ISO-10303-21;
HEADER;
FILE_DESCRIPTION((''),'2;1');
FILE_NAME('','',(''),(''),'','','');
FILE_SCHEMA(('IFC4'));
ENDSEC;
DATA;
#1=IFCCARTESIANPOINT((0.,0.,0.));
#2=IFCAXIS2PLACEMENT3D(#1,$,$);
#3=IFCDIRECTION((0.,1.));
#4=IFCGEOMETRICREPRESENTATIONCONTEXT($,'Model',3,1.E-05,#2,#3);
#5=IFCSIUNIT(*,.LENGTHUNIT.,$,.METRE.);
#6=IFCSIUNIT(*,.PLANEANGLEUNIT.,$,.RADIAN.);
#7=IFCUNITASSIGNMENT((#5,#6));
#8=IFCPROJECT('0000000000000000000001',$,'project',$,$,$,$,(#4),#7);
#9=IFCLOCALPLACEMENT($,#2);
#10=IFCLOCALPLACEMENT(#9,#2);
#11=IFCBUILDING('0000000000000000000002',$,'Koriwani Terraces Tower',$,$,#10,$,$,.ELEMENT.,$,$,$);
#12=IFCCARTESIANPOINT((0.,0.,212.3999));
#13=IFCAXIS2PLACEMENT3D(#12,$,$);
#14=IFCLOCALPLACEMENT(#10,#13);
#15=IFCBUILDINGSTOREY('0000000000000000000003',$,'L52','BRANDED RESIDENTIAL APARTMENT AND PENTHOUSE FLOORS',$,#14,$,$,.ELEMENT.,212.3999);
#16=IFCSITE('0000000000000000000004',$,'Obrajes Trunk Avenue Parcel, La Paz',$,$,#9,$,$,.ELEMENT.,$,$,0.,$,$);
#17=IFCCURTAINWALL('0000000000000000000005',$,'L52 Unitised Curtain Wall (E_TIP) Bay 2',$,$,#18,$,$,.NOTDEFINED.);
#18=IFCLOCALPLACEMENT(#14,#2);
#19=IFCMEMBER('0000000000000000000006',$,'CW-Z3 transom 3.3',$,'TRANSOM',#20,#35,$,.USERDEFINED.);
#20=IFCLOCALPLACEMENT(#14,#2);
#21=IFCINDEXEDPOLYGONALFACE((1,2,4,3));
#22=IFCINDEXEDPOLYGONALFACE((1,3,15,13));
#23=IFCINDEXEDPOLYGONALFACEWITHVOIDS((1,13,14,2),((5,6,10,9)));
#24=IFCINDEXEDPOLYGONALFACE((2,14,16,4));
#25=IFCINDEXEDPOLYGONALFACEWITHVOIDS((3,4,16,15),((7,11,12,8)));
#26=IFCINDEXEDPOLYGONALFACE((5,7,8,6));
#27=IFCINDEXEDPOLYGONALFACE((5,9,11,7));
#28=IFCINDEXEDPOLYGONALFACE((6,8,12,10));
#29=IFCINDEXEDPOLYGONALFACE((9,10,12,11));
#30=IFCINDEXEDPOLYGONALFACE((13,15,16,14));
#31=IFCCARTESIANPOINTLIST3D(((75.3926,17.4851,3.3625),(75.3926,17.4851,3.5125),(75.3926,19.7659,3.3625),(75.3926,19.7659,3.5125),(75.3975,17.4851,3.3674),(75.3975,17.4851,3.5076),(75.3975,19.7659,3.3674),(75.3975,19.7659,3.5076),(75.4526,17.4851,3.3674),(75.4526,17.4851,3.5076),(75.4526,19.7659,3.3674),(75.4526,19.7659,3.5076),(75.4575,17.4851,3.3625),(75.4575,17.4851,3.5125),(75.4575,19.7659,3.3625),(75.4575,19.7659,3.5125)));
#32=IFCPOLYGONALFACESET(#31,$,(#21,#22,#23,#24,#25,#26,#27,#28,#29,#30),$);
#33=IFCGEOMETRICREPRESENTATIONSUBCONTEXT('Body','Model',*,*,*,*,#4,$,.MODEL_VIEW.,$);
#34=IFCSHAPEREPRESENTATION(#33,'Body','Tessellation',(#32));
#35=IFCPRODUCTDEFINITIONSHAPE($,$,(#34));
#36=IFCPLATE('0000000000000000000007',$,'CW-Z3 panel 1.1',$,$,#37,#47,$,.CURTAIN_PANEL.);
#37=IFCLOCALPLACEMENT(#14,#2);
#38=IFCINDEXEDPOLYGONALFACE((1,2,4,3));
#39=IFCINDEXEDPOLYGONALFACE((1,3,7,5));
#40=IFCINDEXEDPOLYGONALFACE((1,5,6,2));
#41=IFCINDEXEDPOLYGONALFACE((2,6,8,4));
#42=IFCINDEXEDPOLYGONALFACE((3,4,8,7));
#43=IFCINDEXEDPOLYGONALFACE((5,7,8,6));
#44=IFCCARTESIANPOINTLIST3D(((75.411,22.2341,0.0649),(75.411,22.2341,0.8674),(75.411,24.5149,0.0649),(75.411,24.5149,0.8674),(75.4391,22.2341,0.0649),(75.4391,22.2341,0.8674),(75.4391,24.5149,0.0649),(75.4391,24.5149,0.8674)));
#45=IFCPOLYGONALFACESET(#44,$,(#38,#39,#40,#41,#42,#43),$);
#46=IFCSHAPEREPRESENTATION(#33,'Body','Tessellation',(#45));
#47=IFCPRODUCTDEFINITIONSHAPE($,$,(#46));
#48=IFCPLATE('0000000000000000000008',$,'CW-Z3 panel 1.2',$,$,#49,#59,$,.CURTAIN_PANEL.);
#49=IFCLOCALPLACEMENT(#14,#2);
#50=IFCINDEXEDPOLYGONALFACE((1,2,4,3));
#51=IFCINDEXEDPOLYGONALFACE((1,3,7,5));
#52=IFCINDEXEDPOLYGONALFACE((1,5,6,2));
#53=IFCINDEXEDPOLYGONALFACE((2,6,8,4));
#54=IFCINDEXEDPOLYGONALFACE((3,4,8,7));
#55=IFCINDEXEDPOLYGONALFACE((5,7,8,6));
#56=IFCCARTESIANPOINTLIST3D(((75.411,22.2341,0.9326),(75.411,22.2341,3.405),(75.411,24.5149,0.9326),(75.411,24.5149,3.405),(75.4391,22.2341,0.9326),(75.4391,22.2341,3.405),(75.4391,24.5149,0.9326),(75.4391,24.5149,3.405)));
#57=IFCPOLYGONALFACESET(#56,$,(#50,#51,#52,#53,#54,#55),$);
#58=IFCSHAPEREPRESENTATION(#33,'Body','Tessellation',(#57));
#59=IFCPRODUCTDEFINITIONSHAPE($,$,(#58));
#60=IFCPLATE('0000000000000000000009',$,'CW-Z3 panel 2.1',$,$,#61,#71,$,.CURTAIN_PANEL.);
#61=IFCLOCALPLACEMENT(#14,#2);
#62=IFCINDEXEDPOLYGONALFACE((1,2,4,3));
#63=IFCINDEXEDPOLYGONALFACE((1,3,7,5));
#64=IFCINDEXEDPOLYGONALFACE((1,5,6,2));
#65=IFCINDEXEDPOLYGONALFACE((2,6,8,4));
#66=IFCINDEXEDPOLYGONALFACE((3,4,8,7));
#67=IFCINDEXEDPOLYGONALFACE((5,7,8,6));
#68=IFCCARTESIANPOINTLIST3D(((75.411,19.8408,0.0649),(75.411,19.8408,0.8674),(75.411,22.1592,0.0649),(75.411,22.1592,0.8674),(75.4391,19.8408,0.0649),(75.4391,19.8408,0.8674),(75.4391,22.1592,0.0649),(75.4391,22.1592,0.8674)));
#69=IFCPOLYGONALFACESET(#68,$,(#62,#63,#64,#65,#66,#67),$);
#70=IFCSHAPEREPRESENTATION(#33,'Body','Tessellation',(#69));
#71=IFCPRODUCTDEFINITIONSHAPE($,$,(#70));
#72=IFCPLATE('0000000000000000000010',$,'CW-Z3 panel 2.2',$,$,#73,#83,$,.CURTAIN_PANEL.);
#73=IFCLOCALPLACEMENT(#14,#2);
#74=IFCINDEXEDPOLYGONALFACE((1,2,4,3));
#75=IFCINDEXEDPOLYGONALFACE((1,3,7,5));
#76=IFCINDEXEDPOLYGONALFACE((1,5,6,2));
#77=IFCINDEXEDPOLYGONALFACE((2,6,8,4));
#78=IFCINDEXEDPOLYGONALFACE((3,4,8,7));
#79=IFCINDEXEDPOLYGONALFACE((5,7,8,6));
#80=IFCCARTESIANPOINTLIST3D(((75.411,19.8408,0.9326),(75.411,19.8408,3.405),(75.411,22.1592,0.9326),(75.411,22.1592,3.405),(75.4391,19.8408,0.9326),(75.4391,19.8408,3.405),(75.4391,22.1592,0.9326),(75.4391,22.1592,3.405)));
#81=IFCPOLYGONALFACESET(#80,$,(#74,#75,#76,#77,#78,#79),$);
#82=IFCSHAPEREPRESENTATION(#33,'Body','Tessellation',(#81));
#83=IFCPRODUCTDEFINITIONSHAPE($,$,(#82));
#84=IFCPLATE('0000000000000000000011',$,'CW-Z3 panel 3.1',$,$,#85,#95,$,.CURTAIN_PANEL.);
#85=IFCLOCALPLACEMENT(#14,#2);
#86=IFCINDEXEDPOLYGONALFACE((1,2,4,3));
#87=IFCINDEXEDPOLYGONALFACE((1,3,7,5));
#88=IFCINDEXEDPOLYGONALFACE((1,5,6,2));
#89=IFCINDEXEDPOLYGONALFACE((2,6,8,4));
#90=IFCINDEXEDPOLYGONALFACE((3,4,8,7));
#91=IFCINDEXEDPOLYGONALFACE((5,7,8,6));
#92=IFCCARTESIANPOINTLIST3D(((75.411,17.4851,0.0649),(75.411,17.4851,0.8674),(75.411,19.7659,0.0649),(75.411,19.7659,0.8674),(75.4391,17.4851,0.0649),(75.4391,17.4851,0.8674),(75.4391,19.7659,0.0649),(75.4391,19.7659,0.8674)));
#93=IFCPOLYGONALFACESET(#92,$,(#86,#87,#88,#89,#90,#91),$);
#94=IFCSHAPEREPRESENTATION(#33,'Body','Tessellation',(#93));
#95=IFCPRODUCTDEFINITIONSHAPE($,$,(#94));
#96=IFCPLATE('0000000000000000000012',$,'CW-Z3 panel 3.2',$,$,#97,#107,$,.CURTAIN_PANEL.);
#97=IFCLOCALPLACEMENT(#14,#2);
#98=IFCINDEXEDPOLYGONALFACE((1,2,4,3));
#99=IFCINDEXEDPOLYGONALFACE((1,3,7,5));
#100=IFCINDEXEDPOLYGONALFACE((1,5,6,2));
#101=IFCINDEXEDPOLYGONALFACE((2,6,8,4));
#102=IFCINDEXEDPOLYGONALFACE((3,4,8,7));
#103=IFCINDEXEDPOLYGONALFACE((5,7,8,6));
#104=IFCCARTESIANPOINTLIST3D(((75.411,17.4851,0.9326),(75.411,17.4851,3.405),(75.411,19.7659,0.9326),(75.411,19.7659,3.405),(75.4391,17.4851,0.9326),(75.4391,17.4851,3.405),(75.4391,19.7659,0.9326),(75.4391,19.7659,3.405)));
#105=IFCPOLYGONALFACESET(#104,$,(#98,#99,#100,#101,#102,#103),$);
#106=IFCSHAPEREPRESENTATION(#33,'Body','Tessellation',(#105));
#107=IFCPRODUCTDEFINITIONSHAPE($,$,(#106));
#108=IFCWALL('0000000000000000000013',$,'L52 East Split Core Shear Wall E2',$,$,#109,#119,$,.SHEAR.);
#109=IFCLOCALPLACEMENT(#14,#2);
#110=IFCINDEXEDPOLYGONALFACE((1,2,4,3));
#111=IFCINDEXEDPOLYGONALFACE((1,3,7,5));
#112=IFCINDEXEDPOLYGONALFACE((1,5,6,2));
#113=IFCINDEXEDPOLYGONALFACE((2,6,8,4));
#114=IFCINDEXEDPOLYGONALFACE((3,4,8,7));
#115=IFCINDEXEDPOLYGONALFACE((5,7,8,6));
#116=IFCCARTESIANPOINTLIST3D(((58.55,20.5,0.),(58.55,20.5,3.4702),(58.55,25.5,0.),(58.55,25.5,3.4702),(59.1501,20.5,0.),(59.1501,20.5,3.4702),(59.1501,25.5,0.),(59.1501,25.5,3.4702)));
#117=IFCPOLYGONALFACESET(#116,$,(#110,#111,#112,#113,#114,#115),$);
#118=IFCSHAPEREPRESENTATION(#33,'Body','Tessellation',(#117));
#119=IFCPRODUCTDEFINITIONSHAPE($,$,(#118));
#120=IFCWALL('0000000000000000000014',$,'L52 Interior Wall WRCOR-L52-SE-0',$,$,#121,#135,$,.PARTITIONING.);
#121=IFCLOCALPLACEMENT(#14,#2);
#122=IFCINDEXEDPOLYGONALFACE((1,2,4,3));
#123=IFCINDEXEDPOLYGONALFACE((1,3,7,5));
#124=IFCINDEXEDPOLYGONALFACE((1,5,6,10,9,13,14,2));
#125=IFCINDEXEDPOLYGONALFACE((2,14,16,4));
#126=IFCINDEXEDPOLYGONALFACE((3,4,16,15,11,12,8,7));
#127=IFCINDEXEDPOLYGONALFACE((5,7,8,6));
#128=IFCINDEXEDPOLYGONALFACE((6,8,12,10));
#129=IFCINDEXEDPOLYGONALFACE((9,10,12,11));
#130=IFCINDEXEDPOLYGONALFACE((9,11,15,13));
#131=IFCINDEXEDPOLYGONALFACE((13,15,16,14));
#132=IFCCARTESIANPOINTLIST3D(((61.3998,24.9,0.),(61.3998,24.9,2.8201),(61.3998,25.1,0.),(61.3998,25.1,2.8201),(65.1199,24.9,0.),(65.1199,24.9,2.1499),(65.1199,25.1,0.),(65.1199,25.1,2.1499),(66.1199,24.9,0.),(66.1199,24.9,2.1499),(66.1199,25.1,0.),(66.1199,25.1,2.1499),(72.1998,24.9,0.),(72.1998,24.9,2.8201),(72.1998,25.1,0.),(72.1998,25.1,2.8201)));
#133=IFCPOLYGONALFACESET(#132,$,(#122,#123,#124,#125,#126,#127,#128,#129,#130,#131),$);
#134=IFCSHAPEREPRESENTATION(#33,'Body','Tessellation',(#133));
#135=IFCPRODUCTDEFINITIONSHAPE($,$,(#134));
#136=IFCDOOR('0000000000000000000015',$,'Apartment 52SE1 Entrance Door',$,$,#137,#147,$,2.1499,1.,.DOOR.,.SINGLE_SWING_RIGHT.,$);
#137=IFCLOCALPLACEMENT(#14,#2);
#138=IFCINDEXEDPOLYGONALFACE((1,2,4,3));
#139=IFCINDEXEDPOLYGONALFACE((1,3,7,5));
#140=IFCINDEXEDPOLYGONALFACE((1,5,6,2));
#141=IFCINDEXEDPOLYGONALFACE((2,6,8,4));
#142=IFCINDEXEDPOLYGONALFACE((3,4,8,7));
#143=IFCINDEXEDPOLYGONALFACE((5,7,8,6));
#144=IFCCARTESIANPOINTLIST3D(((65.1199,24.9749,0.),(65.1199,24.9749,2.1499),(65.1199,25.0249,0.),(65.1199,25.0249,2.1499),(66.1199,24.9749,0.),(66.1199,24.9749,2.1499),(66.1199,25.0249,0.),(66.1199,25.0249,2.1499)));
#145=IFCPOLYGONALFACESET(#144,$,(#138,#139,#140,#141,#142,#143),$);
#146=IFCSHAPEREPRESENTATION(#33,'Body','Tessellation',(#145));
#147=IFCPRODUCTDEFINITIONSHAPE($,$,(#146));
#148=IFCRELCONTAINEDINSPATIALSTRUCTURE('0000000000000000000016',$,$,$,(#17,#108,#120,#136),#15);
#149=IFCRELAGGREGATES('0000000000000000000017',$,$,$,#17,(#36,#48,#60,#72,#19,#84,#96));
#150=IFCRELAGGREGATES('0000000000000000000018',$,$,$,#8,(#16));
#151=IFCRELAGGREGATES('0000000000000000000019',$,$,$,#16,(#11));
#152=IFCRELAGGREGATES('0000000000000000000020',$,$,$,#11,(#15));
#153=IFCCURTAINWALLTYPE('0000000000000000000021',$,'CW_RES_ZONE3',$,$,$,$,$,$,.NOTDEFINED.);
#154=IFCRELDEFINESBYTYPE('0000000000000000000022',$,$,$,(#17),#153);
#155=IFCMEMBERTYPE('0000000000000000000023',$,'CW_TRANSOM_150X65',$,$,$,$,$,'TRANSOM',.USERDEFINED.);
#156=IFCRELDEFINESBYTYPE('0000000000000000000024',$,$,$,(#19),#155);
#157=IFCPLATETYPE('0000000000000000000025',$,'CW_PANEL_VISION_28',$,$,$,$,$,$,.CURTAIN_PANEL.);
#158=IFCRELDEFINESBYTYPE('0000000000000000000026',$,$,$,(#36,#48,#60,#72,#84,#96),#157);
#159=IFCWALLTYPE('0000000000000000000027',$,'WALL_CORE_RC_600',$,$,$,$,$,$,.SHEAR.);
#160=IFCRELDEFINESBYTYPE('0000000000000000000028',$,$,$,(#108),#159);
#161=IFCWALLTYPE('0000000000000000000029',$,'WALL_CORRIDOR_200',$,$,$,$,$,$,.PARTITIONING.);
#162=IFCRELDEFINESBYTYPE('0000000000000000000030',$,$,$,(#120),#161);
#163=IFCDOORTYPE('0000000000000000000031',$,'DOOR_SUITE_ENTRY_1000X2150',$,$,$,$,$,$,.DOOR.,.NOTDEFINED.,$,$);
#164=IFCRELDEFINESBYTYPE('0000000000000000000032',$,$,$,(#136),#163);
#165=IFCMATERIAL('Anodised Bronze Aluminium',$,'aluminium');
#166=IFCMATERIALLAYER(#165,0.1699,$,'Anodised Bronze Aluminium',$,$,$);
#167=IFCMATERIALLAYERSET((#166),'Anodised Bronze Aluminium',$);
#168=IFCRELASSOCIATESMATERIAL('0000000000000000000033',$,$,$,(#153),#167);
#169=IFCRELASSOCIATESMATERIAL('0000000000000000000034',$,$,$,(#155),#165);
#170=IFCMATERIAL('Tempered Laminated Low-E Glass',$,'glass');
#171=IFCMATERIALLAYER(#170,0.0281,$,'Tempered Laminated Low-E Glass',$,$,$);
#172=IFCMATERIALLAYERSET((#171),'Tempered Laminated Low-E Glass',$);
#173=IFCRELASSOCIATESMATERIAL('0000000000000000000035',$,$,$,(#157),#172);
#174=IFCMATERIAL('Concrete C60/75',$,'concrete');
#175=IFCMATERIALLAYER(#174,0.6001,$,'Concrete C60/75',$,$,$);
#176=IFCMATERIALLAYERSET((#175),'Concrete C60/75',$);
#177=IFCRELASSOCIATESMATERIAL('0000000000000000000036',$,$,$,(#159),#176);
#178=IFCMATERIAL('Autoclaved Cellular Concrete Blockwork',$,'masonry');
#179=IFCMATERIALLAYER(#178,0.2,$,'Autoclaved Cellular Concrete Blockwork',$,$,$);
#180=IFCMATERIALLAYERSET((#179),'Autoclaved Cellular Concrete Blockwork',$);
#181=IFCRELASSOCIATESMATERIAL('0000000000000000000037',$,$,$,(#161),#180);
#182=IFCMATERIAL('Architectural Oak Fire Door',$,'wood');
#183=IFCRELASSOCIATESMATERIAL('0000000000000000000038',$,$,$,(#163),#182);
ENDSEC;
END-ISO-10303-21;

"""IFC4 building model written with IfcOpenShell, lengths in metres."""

from ifc_helpers import new_model, si_unit, direction, frame, frame_2d, origin, origin_2d, place, context, subcontext, project, spatial, rectangle, hollow_rectangle, extrude, material, layer, layer_set, material_profile, profile_set, type_object, element, fill, aggregate, save


model = new_model("IFC4")

# Units and contexts
model_context = context("Model", 3, precision=1e-05, world=origin(), true_north=direction((0.0, 1.0)))
body_context = subcontext(model_context, "Body", "Model", "MODEL_VIEW")
ifc_project = project(units=[si_unit("LENGTHUNIT", "METRE"), si_unit("PLANEANGLEUNIT", "RADIAN")], contexts=[model_context])

# Site, building, storey
site_placement = place(None, origin())
site = spatial("IfcSite", under=ifc_project, at=site_placement, Name="Obrajes Trunk Avenue Parcel, La Paz", CompositionType="ELEMENT", RefElevation=0.0)
building_placement = place(site_placement, origin())
building = spatial("IfcBuilding", under=site, at=building_placement, Name="Koriwani Terraces Tower", CompositionType="ELEMENT")
storey_placement = place(building_placement, frame((0.0, 0.0, 212.3999)))
storey = spatial("IfcBuildingStorey", under=building, at=storey_placement, Name="L52", Description="BRANDED RESIDENTIAL APARTMENT AND PENTHOUSE FLOORS", CompositionType="ELEMENT", Elevation=212.3999)

# Curtain wall, member, plates
ifc_material_1 = material(Name="Anodised Bronze Aluminium", Category="aluminium")
ifc_layer_1 = layer(ifc_material_1, 0.1699, Name="Anodised Bronze Aluminium")
ifc_layer_set_1 = layer_set([ifc_layer_1], Name="Anodised Bronze Aluminium")
curtain_wall_type = type_object("IfcCurtainWallType", Name="CW_RES_ZONE3", PredefinedType="NOTDEFINED", material=ifc_layer_set_1)
curtain_wall_placement = place(storey_placement, origin())
curtain_wall = element("IfcCurtainWall", 1, at=curtain_wall_placement, inside=storey, type_object=curtain_wall_type, Name="L52 Unitised Curtain Wall (E_TIP) Bay 2", PredefinedType="NOTDEFINED")
ifc_material_profile_1 = material_profile(ifc_material_1, hollow_rectangle(XDim=0.0649, YDim=0.1499, WallThickness=0.0049, at=origin_2d()), Name="Anodised Bronze Aluminium", Category="LoadBearing")
ifc_profile_set_1 = profile_set([ifc_material_profile_1], Name="Anodised Bronze Aluminium")
member_type_1 = type_object("IfcMemberType", Name="CW_TRANSOM_150X65", ElementType="TRANSOM", PredefinedType="USERDEFINED", material=ifc_profile_set_1)
member_1_placement = place(storey_placement, frame((75.425, 19.7659, 3.4375), z_axis=(0.0, -1.0, 0.0), x_axis=(1.0, 0.0, 0.0)))
member_1 = element("IfcMember", 2, at=member_1_placement, type_object=member_type_1, Name="CW-Z3 transom 3.3", ObjectType="TRANSOM", PredefinedType="USERDEFINED", context=body_context, shape_type="SweptSolid", body=[
    extrude(hollow_rectangle(XDim=0.0649, YDim=0.1499, WallThickness=0.0049, at=origin_2d()), origin(), (0.0, 0.0, 1.0), 2.2808),
])
ifc_material_2 = material(Name="Tempered Laminated Low-E Glass", Category="glass")
ifc_layer_2 = layer(ifc_material_2, 0.0281, Name="Tempered Laminated Low-E Glass")
ifc_layer_set_2 = layer_set([ifc_layer_2], Name="Tempered Laminated Low-E Glass")
plate_type = type_object("IfcPlateType", Name="CW_PANEL_VISION_28", PredefinedType="CURTAIN_PANEL", material=ifc_layer_set_2)
plate_1_placement = place(storey_placement, frame((75.425, 23.3745, 0.0649), z_axis=(0.0, 0.0, 1.0), x_axis=(0.0, -1.0, 0.0)))
plate_1 = element("IfcPlate", 3, at=plate_1_placement, type_object=plate_type, Name="CW-Z3 panel 1.1", PredefinedType="CURTAIN_PANEL", context=body_context, shape_type="SweptSolid", body=[
    extrude(rectangle(XDim=2.2808, YDim=0.0281, at=origin_2d()), origin(), (0.0, 0.0, 1.0), 0.8025),
])
plate_2_placement = place(storey_placement, frame((75.425, 23.3745, 0.9326), z_axis=(0.0, 0.0, 1.0), x_axis=(0.0, -1.0, 0.0)))
plate_2 = element("IfcPlate", 4, at=plate_2_placement, type_object=plate_type, Name="CW-Z3 panel 1.2", PredefinedType="CURTAIN_PANEL", context=body_context, shape_type="SweptSolid", body=[
    extrude(rectangle(XDim=2.2808, YDim=0.0281, at=origin_2d()), origin(), (0.0, 0.0, 1.0), 2.4724),
])
plate_3_placement = place(storey_placement, frame((75.425, 21.0, 0.0649), z_axis=(0.0, 0.0, 1.0), x_axis=(0.0, -1.0, 0.0)))
plate_3 = element("IfcPlate", 5, at=plate_3_placement, type_object=plate_type, Name="CW-Z3 panel 2.1", PredefinedType="CURTAIN_PANEL", context=body_context, shape_type="SweptSolid", body=[
    extrude(rectangle(XDim=2.3184, YDim=0.0281, at=origin_2d()), origin(), (0.0, 0.0, 1.0), 0.8025),
])
plate_4_placement = place(storey_placement, frame((75.425, 21.0, 0.9326), z_axis=(0.0, 0.0, 1.0), x_axis=(0.0, -1.0, 0.0)))
plate_4 = element("IfcPlate", 6, at=plate_4_placement, type_object=plate_type, Name="CW-Z3 panel 2.2", PredefinedType="CURTAIN_PANEL", context=body_context, shape_type="SweptSolid", body=[
    extrude(rectangle(XDim=2.3184, YDim=0.0281, at=origin_2d()), origin(), (0.0, 0.0, 1.0), 2.4724),
])
plate_5_placement = place(storey_placement, frame((75.425, 18.6255, 0.0649), z_axis=(0.0, 0.0, 1.0), x_axis=(0.0, -1.0, 0.0)))
plate_5 = element("IfcPlate", 7, at=plate_5_placement, type_object=plate_type, Name="CW-Z3 panel 3.1", PredefinedType="CURTAIN_PANEL", context=body_context, shape_type="SweptSolid", body=[
    extrude(rectangle(XDim=2.2808, YDim=0.0281, at=origin_2d()), origin(), (0.0, 0.0, 1.0), 0.8025),
])
plate_6_placement = place(storey_placement, frame((75.425, 18.6255, 0.9326), z_axis=(0.0, 0.0, 1.0), x_axis=(0.0, -1.0, 0.0)))
plate_6 = element("IfcPlate", 8, at=plate_6_placement, type_object=plate_type, Name="CW-Z3 panel 3.2", PredefinedType="CURTAIN_PANEL", context=body_context, shape_type="SweptSolid", body=[
    extrude(rectangle(XDim=2.2808, YDim=0.0281, at=origin_2d()), origin(), (0.0, 0.0, 1.0), 2.4724),
])
aggregate(curtain_wall, [plate_1, plate_2, plate_3, plate_4, member_1, plate_5, plate_6])

# Wall
ifc_material_3 = material(Name="Concrete C60/75", Category="concrete")
ifc_layer_3 = layer(ifc_material_3, 0.6001, Name="Concrete C60/75")
ifc_layer_set_3 = layer_set([ifc_layer_3], Name="Concrete C60/75")
wall_type_1 = type_object("IfcWallType", Name="WALL_CORE_RC_600", PredefinedType="SHEAR", material=ifc_layer_set_3)
wall_1_placement = place(storey_placement, frame((58.8501, 20.5, 0.0), z_axis=(0.0, 0.0, 1.0), x_axis=(0.0, 1.0, 0.0)))
element("IfcWall", 9, at=wall_1_placement, inside=storey, type_object=wall_type_1, Name="L52 East Split Core Shear Wall E2", PredefinedType="SHEAR", context=body_context, shape_type="SweptSolid", body=[
    extrude(rectangle(XDim=5.0, YDim=0.6001, at=frame_2d((2.5, 0.0))), origin(), (0.0, 0.0, 1.0), 3.4702),
])

# Wall, opening, door
ifc_material_4 = material(Name="Autoclaved Cellular Concrete Blockwork", Category="masonry")
ifc_layer_4 = layer(ifc_material_4, 0.2, Name="Autoclaved Cellular Concrete Blockwork")
ifc_layer_set_4 = layer_set([ifc_layer_4], Name="Autoclaved Cellular Concrete Blockwork")
wall_type_2 = type_object("IfcWallType", Name="WALL_CORRIDOR_200", PredefinedType="PARTITIONING", material=ifc_layer_set_4)
wall_2_placement = place(storey_placement, frame((61.3999, 25.0, 0.0), z_axis=(0.0, 0.0, 1.0), x_axis=(1.0, 0.0, 0.0)))
wall_2 = element("IfcWall", 10, at=wall_2_placement, inside=storey, type_object=wall_type_2, Name="L52 Interior Wall WRCOR-L52-SE-0", PredefinedType="PARTITIONING", context=body_context, shape_type="SweptSolid", body=[
    extrude(rectangle(XDim=10.8, YDim=0.2, at=frame_2d((5.3999, 0.0))), origin(), (0.0, 0.0, 1.0), 2.8201),
])
opening_1_placement = place(wall_2_placement, frame((3.72, 0.0, 0.0)))
opening_1 = element("IfcOpeningElement", 11, at=opening_1_placement, cuts=wall_2, PredefinedType="OPENING", context=body_context, shape_type="SweptSolid", body=[
    extrude(rectangle(XDim=1.0, YDim=2.1499, at=frame_2d((0.5, 1.075))), frame((0.0, 0.1099, 0.0), z_axis=(0.0, -1.0, 0.0), x_axis=(1.0, 0.0, 0.0)), (0.0, 0.0, 1.0), 0.22),
])
ifc_material_5 = material(Name="Architectural Oak Fire Door", Category="wood")
door_type_1 = type_object("IfcDoorType", Name="DOOR_SUITE_ENTRY_1000X2150", OperationType="NOTDEFINED", PredefinedType="DOOR", material=ifc_material_5)
door_1_placement = place(opening_1_placement, origin())
door_1 = element("IfcDoor", 12, at=door_1_placement, inside=storey, type_object=door_type_1, Name="Apartment 52SE1 Entrance Door", OperationType="SINGLE_SWING_RIGHT", OverallHeight=2.1499, OverallWidth=1.0, PredefinedType="DOOR", context=body_context, shape_type="SweptSolid", body=[
    extrude(rectangle(XDim=1.0, YDim=2.1499, at=frame_2d((0.5, 1.075))), frame((0.0, 0.0249, 0.0), z_axis=(0.0, -1.0, 0.0), x_axis=(1.0, 0.0, 0.0)), (0.0, 0.0, 1.0), 0.05),
])
fill(opening_1, door_1)

save(model, "model.ifc")
